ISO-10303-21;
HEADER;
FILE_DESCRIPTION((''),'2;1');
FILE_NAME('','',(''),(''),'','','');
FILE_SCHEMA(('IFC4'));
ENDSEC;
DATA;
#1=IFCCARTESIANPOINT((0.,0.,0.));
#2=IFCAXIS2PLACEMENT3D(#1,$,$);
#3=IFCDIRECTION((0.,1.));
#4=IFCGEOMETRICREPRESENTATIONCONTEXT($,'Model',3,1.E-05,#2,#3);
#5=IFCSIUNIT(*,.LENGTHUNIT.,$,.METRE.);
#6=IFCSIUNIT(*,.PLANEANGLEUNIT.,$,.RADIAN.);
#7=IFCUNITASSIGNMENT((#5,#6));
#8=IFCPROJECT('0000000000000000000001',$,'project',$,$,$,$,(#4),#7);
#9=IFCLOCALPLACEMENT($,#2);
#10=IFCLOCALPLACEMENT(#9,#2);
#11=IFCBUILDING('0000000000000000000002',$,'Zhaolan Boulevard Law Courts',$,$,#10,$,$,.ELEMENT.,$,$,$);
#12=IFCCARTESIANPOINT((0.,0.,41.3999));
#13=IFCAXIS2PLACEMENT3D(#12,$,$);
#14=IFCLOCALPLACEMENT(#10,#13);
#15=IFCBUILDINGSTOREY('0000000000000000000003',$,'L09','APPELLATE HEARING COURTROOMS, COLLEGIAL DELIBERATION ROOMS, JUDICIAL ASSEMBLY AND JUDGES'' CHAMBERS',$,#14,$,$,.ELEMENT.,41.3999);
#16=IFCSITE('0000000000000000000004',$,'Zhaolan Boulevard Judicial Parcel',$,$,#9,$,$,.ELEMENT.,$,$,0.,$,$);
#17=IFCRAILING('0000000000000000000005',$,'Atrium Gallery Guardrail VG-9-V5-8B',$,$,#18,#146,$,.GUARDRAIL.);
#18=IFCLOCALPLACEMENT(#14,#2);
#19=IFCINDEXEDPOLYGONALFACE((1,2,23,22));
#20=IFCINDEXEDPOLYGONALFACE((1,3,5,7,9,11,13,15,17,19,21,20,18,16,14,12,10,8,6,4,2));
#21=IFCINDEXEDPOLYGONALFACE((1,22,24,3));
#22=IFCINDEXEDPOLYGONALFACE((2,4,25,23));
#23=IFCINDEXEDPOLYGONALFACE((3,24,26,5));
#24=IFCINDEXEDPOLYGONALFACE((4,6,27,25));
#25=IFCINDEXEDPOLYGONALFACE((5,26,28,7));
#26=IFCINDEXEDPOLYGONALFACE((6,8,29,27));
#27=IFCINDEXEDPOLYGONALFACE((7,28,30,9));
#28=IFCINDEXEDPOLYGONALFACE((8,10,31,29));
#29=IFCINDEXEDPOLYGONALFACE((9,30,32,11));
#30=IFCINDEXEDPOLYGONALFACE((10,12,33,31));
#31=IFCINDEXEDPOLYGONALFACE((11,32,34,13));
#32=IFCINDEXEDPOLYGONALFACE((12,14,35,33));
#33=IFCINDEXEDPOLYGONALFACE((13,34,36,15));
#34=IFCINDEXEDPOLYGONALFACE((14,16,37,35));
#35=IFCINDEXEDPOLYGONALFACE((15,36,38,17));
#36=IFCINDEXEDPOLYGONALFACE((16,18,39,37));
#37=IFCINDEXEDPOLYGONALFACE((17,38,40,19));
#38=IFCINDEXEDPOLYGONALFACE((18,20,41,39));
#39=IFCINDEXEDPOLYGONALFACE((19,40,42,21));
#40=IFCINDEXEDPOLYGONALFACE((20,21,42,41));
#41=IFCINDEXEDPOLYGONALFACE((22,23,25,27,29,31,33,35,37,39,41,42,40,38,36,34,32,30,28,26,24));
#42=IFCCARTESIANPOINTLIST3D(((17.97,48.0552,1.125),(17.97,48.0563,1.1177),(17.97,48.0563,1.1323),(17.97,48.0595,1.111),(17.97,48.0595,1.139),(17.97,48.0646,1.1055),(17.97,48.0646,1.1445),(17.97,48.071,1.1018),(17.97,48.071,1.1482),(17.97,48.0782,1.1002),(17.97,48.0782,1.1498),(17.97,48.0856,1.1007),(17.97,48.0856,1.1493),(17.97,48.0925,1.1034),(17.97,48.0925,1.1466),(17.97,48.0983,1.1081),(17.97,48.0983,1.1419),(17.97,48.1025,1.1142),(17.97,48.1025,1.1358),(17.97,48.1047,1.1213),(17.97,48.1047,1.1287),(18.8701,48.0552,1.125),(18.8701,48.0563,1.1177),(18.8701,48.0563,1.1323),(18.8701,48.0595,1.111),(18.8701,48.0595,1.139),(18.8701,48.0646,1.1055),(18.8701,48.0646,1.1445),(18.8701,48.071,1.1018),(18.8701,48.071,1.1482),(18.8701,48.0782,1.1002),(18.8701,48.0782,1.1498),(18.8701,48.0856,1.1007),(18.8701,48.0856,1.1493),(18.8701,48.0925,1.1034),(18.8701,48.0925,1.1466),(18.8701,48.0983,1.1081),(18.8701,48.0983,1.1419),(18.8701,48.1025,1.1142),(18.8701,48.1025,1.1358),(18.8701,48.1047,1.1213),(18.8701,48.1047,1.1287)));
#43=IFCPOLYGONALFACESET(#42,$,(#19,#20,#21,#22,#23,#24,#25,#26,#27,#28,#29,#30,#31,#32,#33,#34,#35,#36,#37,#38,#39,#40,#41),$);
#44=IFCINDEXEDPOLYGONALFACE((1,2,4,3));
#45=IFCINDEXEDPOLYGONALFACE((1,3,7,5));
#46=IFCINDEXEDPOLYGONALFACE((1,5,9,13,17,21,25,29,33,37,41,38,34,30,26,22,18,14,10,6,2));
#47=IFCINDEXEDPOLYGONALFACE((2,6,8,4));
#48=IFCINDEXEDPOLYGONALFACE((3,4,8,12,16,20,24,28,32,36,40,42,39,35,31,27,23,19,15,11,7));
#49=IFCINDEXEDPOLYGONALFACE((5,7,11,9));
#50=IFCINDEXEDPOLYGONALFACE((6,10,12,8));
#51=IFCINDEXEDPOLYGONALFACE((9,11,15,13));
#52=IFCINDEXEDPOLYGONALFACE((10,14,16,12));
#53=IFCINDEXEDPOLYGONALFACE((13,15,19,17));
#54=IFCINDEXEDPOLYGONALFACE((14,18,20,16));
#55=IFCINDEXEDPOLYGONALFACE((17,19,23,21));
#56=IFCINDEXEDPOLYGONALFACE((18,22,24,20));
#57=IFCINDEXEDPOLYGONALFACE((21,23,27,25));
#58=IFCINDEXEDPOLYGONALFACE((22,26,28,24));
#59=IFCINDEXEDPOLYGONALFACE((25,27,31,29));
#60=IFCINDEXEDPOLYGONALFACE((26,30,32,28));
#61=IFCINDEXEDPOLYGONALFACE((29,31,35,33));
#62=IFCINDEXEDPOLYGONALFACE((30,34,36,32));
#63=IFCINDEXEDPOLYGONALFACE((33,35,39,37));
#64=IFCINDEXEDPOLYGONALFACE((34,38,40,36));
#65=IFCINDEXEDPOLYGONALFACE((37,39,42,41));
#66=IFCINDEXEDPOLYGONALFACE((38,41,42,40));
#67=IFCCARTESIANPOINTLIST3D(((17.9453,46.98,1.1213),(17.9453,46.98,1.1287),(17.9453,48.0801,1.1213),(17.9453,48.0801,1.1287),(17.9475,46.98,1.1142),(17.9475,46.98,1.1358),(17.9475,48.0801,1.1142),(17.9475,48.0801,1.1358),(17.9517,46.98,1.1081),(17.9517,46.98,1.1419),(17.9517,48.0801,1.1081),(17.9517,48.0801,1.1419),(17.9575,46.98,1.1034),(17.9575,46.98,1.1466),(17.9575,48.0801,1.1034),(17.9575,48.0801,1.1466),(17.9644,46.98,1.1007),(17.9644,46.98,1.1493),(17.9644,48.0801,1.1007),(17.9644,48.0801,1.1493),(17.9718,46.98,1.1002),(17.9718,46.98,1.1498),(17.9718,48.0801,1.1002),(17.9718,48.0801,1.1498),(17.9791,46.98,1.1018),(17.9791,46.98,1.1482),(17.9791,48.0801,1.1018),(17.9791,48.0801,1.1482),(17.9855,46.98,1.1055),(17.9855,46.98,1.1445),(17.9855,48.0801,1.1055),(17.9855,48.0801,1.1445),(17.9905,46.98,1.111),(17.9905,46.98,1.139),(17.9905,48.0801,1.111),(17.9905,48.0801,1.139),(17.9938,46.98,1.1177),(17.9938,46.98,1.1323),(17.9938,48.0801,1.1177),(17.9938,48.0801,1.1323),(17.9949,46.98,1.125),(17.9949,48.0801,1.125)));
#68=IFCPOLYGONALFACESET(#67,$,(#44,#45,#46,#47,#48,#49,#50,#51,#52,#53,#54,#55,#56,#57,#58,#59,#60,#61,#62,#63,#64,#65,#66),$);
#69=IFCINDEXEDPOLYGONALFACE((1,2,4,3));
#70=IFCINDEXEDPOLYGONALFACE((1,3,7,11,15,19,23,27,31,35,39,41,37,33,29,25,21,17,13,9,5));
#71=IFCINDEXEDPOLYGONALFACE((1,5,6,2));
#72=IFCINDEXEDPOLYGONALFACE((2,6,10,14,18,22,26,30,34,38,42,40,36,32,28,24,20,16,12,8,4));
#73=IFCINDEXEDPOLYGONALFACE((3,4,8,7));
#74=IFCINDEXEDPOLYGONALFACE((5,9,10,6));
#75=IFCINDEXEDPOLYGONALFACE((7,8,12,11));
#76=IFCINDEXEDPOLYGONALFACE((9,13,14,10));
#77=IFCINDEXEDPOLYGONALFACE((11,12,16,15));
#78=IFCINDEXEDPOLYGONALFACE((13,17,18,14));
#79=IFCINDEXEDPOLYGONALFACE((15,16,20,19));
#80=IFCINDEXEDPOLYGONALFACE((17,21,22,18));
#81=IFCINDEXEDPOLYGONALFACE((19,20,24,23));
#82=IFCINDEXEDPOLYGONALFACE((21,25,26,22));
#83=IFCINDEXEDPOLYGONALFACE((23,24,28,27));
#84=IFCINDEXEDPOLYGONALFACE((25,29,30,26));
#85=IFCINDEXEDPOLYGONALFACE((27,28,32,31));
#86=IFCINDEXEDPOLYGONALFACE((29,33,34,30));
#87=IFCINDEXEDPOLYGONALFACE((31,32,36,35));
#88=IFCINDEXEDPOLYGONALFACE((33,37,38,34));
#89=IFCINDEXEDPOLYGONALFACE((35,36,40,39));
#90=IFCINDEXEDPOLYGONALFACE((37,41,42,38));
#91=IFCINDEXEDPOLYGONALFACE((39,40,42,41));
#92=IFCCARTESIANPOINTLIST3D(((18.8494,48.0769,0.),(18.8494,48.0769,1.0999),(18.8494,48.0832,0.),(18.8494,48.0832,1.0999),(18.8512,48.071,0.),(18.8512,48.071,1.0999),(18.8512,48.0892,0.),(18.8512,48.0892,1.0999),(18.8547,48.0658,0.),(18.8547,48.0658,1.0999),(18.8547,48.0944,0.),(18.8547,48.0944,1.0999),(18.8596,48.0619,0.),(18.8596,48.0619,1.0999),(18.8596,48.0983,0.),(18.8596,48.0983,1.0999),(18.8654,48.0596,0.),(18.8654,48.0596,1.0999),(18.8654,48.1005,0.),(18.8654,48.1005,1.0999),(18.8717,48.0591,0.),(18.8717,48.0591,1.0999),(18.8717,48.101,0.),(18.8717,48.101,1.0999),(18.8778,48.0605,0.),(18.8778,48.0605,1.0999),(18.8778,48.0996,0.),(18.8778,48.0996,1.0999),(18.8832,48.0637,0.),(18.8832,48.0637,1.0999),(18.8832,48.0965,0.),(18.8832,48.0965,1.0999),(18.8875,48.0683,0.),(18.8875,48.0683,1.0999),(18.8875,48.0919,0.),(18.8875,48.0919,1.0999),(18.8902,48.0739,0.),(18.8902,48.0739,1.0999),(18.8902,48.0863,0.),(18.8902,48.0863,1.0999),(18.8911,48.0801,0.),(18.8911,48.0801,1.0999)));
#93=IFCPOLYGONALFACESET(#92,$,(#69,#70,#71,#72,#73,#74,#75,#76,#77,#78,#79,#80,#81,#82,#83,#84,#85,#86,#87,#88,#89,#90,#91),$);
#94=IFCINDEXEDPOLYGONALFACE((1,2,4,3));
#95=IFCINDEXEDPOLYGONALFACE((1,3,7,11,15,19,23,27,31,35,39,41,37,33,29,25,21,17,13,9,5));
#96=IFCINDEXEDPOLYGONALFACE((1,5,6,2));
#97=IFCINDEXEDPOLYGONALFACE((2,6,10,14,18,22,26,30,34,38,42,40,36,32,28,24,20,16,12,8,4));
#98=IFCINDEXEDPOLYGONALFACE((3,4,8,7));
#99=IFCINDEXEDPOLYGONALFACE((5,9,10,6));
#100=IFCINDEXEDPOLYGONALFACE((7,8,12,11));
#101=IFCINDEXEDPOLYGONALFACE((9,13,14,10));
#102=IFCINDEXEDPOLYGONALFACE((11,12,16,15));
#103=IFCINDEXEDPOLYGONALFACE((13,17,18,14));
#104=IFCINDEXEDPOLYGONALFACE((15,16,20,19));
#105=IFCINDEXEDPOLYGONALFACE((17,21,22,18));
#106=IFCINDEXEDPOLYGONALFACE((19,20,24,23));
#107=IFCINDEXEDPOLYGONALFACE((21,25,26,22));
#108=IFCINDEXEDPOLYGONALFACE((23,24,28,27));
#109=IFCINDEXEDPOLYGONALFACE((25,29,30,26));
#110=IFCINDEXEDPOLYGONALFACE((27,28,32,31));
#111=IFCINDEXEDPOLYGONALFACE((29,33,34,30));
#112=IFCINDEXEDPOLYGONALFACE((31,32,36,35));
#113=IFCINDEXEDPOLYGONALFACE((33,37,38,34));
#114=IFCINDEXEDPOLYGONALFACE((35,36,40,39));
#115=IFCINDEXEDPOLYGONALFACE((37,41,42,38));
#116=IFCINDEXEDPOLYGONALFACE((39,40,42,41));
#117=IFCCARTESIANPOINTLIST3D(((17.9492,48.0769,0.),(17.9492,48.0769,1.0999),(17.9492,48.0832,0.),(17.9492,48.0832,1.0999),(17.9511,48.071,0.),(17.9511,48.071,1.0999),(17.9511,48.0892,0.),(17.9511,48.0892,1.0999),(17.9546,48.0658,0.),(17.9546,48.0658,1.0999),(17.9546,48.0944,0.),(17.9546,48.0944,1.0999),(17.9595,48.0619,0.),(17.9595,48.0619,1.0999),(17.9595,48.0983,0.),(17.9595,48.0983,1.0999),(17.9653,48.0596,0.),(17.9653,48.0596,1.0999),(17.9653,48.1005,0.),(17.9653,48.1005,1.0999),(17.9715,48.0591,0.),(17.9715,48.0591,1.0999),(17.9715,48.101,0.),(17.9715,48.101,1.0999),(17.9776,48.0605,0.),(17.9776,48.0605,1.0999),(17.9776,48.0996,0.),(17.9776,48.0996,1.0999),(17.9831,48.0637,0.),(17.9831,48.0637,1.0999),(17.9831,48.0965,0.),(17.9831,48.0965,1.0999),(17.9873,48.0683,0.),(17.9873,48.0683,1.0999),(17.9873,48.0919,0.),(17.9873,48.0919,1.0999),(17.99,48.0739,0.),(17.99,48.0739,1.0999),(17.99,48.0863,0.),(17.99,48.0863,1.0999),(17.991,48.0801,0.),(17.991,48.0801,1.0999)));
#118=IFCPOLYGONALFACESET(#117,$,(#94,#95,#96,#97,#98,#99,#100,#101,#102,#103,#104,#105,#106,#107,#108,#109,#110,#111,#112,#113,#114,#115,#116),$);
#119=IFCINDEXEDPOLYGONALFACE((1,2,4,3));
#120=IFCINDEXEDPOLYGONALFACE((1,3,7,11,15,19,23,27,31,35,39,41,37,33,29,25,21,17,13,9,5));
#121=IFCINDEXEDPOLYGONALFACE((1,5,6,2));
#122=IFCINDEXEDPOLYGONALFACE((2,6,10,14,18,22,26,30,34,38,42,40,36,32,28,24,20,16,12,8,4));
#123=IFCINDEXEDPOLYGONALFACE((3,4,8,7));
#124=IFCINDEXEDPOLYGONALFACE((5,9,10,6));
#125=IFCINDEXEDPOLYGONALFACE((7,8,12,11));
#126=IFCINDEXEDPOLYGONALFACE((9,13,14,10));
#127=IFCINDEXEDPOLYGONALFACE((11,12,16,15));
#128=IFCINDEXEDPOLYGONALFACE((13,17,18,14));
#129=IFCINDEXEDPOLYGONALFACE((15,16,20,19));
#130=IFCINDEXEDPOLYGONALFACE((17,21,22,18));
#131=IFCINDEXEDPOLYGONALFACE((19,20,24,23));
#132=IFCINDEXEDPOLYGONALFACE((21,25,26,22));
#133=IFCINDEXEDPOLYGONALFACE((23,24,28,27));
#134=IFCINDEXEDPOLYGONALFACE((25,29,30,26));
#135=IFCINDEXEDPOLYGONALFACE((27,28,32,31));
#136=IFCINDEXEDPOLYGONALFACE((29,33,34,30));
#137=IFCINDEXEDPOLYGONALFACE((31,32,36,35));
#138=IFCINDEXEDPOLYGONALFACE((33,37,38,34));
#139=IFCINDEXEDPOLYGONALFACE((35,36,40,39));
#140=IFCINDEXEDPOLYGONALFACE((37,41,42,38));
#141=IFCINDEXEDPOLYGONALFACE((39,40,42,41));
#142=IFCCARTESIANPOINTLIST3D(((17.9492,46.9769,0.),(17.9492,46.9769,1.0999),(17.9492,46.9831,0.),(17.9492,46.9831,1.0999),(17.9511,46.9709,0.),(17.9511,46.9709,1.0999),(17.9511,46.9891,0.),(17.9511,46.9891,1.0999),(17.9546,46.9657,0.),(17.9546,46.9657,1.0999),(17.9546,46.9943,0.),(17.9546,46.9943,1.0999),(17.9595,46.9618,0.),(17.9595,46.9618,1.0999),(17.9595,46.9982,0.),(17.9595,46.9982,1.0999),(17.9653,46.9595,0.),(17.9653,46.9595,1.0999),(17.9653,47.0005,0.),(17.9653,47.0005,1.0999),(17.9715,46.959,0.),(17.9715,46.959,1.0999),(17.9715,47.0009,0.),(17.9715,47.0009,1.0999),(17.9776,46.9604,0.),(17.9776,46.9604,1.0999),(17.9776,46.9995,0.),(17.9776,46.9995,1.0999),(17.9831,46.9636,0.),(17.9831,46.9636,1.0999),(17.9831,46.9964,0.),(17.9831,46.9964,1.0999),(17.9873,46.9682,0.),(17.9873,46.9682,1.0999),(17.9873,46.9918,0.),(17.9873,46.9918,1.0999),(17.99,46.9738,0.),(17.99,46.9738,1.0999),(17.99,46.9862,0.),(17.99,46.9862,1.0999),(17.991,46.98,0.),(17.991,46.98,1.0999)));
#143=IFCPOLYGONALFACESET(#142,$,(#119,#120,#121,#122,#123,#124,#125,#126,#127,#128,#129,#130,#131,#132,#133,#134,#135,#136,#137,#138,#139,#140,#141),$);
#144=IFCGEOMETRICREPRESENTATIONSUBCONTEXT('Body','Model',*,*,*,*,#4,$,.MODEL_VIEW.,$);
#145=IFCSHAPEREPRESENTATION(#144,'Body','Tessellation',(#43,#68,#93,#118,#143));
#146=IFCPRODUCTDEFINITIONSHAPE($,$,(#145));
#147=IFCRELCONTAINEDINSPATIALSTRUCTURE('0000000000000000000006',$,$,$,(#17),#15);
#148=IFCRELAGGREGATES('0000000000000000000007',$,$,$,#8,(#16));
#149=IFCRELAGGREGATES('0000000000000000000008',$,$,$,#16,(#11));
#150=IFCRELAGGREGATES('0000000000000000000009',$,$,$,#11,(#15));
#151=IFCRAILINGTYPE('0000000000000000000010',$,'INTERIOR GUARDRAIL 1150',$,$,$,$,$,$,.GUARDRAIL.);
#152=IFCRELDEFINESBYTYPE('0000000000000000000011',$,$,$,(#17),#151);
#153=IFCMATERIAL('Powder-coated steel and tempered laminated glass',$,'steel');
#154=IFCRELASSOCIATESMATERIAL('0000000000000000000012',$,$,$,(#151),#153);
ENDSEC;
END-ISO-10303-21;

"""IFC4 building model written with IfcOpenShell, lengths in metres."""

from ifc_helpers import new_model, si_unit, direction, frame, origin, origin_2d, place, context, subcontext, project, spatial, circle, extrude, material, type_object, element, save


model = new_model("IFC4")

# Units and contexts
model_context = context("Model", 3, precision=1e-05, world=origin(), true_north=direction((0.0, 1.0)))
body_context = subcontext(model_context, "Body", "Model", "MODEL_VIEW")
ifc_project = project(units=[si_unit("LENGTHUNIT", "METRE"), si_unit("PLANEANGLEUNIT", "RADIAN")], contexts=[model_context])

# Site, building, storey
site_placement = place(None, origin())
site = spatial("IfcSite", under=ifc_project, at=site_placement, Name="Zhaolan Boulevard Judicial Parcel", CompositionType="ELEMENT", RefElevation=0.0)
building_placement = place(site_placement, origin())
building = spatial("IfcBuilding", under=site, at=building_placement, Name="Zhaolan Boulevard Law Courts", CompositionType="ELEMENT")
storey_placement = place(building_placement, frame((0.0, 0.0, 41.3999)))
storey = spatial("IfcBuildingStorey", under=building, at=storey_placement, Name="L09", Description="APPELLATE HEARING COURTROOMS, COLLEGIAL DELIBERATION ROOMS, JUDICIAL ASSEMBLY AND JUDGES' CHAMBERS", CompositionType="ELEMENT", Elevation=41.3999)

# Railing
ifc_material_1 = material(Name="Powder-coated steel and tempered laminated glass", Category="steel")
railing_type_1 = type_object("IfcRailingType", Name="INTERIOR GUARDRAIL 1150", PredefinedType="GUARDRAIL", material=ifc_material_1)
railing_1_placement = place(storey_placement, frame((18.8701, 48.0801, 0.0)))
element("IfcRailing", 1, at=railing_1_placement, inside=storey, type_object=railing_type_1, Name="Atrium Gallery Guardrail VG-9-V5-8B", PredefinedType="GUARDRAIL", context=body_context, shape_type="SweptSolid", body=[
    extrude(circle(Radius=0.0249, at=origin_2d()), frame((0.0, 0.0, 1.125), z_axis=(-1.0, 0.0, 0.0), x_axis=(0.0, -1.0, 0.0)), (0.0, 0.0, 1.0), 0.9001),
    extrude(circle(Radius=0.0249, at=origin_2d()), frame((-0.9001, 0.0, 1.125), z_axis=(0.0, -1.0, 0.0), x_axis=(1.0, 0.0, 0.0)), (0.0, 0.0, 1.0), 1.1001),
    extrude(circle(Radius=0.021, at=origin_2d()), origin(), (0.0, 0.0, 1.0), 1.0999),
    extrude(circle(Radius=0.021, at=origin_2d()), frame((-0.9001, 0.0, 0.0)), (0.0, 0.0, 1.0), 1.0999),
    extrude(circle(Radius=0.021, at=origin_2d()), frame((-0.9001, -1.1001, 0.0)), (0.0, 0.0, 1.0), 1.0999),
])

save(model, "model.ifc")
